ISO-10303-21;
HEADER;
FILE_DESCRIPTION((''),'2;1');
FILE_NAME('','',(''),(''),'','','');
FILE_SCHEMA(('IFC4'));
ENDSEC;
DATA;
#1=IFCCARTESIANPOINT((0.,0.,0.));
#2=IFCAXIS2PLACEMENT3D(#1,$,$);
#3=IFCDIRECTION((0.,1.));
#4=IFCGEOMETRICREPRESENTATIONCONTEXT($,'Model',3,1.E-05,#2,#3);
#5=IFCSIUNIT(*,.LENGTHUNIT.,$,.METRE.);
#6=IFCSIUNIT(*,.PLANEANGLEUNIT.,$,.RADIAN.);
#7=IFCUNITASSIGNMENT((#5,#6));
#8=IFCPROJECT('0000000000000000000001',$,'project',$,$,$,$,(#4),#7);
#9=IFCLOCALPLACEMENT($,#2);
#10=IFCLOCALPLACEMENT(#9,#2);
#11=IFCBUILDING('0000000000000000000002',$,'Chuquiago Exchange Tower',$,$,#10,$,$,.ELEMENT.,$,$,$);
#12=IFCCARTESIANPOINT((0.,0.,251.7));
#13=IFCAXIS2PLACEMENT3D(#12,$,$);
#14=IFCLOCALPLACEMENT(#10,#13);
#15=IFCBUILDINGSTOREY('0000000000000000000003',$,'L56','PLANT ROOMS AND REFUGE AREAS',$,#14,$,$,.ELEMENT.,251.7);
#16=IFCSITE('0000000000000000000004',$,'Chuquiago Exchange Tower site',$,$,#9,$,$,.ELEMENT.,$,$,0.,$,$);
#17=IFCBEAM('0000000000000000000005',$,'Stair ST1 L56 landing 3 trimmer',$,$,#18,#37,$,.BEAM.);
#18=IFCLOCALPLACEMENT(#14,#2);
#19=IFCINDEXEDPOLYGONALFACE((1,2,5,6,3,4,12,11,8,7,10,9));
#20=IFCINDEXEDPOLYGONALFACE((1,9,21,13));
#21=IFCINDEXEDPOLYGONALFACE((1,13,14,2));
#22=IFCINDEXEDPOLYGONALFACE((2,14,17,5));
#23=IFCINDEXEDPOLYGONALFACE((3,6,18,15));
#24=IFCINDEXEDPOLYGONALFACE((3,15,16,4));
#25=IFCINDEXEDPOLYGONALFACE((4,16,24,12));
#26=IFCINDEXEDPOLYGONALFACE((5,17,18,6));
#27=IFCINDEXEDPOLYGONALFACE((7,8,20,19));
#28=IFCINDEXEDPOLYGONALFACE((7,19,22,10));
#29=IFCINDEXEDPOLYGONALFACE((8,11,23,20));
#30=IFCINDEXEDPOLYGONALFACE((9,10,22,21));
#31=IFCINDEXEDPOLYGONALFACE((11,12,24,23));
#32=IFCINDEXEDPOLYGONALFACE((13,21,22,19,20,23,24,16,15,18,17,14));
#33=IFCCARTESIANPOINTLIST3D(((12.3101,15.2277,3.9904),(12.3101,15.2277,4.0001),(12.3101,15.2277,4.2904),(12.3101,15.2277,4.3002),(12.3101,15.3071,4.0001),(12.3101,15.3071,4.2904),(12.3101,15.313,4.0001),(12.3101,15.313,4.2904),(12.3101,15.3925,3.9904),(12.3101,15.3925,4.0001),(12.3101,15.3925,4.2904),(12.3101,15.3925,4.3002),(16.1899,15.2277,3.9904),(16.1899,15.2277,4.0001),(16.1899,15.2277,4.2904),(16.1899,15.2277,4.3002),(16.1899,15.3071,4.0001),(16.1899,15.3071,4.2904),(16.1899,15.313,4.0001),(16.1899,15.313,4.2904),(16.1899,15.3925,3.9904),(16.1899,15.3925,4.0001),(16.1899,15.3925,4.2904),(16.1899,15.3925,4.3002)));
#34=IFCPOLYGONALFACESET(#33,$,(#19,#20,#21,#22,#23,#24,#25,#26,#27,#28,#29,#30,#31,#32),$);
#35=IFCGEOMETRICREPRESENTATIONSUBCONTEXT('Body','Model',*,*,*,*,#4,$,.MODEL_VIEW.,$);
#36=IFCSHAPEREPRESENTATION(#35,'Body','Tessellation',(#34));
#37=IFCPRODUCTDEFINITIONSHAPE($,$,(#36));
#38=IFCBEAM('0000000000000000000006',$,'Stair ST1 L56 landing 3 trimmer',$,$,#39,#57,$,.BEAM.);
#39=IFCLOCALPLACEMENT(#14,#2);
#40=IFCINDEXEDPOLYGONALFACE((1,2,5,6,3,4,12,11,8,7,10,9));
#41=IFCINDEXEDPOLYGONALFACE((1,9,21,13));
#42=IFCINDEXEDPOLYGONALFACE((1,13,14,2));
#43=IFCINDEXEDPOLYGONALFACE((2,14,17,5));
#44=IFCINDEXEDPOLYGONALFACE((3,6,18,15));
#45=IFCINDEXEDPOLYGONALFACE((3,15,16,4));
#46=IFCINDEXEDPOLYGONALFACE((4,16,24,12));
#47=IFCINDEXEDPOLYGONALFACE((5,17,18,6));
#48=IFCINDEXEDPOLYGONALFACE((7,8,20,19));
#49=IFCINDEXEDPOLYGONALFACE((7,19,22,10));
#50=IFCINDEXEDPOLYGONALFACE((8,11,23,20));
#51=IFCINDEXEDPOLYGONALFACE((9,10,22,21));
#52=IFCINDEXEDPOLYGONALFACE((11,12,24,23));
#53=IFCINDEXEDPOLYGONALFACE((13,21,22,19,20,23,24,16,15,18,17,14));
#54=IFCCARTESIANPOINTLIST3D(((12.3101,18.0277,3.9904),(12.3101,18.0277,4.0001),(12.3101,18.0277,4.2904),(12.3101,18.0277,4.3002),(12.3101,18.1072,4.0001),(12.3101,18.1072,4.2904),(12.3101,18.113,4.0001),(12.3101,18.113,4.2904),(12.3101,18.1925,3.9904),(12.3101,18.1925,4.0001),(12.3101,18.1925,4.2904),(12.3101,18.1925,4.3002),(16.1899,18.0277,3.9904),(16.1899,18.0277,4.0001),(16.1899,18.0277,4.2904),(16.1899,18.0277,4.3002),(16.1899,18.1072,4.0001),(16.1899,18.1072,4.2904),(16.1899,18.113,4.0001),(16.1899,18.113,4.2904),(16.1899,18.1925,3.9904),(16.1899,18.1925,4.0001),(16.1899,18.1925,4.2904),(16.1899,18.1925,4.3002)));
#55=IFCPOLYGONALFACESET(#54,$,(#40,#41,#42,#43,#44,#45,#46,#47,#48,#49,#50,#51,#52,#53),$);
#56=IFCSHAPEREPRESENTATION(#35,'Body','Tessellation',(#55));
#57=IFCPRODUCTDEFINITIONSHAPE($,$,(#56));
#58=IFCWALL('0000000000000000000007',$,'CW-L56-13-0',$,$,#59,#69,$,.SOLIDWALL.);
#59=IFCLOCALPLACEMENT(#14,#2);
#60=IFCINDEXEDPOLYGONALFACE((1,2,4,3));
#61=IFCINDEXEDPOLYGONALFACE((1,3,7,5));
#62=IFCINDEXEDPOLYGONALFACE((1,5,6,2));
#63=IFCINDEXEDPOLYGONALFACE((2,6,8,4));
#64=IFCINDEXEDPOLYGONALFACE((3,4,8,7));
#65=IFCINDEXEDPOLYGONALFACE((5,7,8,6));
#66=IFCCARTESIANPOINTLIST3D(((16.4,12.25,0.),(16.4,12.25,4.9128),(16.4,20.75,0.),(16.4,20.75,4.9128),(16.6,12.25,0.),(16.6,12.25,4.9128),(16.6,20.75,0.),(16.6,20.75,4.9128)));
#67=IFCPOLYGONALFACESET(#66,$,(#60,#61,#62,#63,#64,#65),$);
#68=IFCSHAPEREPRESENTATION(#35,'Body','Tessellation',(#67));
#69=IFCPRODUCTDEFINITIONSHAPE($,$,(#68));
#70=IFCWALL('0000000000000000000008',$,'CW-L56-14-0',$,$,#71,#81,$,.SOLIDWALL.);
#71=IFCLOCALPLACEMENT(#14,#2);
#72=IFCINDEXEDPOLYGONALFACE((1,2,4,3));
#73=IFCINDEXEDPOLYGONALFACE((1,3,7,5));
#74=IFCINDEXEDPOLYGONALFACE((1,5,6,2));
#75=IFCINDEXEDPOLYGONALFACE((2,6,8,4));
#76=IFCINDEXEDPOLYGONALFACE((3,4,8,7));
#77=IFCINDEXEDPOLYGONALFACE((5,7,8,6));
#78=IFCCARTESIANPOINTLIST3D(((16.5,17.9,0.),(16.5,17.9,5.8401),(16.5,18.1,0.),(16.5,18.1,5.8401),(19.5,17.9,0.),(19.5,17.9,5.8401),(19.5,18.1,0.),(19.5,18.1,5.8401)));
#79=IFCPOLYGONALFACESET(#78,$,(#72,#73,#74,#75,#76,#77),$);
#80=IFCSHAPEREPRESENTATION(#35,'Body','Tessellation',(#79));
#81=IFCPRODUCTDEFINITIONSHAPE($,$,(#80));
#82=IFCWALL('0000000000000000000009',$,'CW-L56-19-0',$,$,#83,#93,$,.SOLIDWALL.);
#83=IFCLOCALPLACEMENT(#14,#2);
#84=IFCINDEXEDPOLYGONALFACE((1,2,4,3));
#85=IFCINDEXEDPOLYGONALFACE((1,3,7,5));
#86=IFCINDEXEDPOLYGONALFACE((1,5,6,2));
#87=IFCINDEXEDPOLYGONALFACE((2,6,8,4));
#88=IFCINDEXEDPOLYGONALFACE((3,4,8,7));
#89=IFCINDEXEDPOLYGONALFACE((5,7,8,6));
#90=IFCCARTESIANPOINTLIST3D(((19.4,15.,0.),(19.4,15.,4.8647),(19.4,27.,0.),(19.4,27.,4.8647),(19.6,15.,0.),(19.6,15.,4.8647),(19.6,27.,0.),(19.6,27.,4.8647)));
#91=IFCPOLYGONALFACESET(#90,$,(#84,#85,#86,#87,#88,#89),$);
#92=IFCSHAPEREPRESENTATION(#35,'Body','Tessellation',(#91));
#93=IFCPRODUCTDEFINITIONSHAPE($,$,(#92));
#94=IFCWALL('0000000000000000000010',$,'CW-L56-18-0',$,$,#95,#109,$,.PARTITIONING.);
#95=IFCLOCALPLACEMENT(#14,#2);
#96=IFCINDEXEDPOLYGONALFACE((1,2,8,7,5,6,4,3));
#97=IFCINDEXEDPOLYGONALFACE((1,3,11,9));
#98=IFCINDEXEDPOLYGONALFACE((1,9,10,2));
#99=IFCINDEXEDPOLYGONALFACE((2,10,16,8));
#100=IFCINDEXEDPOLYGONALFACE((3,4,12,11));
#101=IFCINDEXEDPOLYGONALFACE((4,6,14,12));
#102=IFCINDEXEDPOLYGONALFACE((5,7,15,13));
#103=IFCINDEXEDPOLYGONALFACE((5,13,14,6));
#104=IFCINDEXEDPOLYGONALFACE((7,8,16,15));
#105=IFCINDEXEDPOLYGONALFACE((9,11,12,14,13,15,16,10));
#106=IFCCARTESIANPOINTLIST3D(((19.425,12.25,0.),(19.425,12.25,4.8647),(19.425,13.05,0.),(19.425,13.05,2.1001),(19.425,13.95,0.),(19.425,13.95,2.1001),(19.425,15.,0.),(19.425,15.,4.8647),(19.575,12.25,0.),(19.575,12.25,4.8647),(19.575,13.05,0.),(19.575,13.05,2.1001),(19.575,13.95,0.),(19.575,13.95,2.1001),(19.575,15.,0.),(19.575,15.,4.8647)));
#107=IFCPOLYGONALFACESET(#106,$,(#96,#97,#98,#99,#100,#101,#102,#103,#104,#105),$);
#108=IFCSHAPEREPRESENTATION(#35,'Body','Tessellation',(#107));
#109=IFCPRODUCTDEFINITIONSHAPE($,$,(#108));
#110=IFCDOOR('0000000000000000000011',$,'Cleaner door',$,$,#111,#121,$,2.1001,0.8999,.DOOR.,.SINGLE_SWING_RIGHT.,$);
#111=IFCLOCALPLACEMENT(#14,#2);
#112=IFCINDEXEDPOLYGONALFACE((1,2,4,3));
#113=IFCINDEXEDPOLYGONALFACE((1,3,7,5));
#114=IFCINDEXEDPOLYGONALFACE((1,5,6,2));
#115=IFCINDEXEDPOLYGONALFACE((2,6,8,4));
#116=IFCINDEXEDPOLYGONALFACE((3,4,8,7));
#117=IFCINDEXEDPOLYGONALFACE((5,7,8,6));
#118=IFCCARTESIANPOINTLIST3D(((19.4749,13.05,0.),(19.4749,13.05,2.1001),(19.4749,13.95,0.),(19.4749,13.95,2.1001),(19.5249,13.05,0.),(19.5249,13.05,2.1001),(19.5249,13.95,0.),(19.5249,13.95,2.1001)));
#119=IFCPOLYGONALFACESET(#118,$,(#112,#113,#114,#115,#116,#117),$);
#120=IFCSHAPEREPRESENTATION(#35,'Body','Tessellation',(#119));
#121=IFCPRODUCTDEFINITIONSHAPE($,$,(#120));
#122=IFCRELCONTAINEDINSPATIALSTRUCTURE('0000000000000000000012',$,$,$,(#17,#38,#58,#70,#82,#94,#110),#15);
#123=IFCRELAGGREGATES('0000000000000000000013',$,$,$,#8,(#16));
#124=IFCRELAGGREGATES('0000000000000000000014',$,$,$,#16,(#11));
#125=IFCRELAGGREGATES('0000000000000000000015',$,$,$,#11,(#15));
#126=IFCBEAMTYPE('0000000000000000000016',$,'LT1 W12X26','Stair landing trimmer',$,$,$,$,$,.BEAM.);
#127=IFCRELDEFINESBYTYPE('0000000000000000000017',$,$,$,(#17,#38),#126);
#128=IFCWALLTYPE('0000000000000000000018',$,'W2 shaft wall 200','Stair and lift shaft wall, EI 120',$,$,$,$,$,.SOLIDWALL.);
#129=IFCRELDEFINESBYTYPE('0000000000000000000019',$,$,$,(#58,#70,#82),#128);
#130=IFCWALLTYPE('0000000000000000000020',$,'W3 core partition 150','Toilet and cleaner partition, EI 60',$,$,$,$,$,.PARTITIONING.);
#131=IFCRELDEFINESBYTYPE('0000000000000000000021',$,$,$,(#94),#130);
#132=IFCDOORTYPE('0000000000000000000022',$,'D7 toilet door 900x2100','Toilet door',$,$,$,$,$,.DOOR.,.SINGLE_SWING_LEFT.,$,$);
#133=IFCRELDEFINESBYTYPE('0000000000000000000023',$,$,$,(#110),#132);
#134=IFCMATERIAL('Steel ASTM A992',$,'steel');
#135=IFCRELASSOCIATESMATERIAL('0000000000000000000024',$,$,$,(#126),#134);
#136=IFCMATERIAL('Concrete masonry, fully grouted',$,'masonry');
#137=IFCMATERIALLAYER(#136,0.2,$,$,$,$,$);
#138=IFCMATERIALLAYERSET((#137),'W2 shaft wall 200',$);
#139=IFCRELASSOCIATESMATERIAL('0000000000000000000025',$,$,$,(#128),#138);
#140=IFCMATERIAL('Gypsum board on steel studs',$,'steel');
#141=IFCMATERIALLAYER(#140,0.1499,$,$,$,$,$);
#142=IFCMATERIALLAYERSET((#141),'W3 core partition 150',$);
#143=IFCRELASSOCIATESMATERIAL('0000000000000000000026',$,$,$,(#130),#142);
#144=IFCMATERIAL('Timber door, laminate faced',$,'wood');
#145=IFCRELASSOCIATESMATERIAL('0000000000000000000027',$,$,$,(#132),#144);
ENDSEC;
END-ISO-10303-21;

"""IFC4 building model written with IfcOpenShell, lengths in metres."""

from ifc_helpers import new_model, si_unit, direction, frame, frame_2d, origin, origin_2d, place, context, subcontext, project, spatial, rectangle, i_section, extrude, material, layer, layer_set, material_profile, profile_set, type_object, element, fill, save


model = new_model("IFC4")

# Units and contexts
model_context = context("Model", 3, precision=1e-05, world=origin(), true_north=direction((0.0, 1.0)))
body_context = subcontext(model_context, "Body", "Model", "MODEL_VIEW")
ifc_project = project(units=[si_unit("LENGTHUNIT", "METRE"), si_unit("PLANEANGLEUNIT", "RADIAN")], contexts=[model_context])

# Site, building, storey
site_placement = place(None, origin())
site = spatial("IfcSite", under=ifc_project, at=site_placement, Name="Chuquiago Exchange Tower site", CompositionType="ELEMENT", RefElevation=0.0)
building_placement = place(site_placement, origin())
building = spatial("IfcBuilding", under=site, at=building_placement, Name="Chuquiago Exchange Tower", CompositionType="ELEMENT")
storey_placement = place(building_placement, frame((0.0, 0.0, 251.7)))
storey = spatial("IfcBuildingStorey", under=building, at=storey_placement, Name="L56", Description="PLANT ROOMS AND REFUGE AREAS", CompositionType="ELEMENT", Elevation=251.7)

# Beams
ifc_material_1 = material(Name="Steel ASTM A992", Category="steel")
ifc_material_profile_1 = material_profile(ifc_material_1, i_section(OverallWidth=0.1648, OverallDepth=0.3098, WebThickness=0.0059, FlangeThickness=0.0098, at=origin_2d()), Name="W12X26")
ifc_profile_set_1 = profile_set([ifc_material_profile_1], Name="Steel ASTM A992")
beam_type_1 = type_object("IfcBeamType", Name="LT1 W12X26", Description="Stair landing trimmer", PredefinedType="BEAM", material=ifc_profile_set_1)
for number, where, z_axis, x_axis, name in (
    (1, (12.3101, 15.3101, 4.1453), (1.0, 0.0, 0.0), (0.0, 1.0, 0.0), "Stair ST1 L56 landing 3 trimmer"),
    (2, (12.3101, 18.1101, 4.1453), (1.0, 0.0, 0.0), (0.0, 1.0, 0.0), "Stair ST1 L56 landing 3 trimmer"),
):
    element("IfcBeam", number, at=place(storey_placement, frame(where, z_axis=z_axis, x_axis=x_axis)), inside=storey, type_object=beam_type_1, Name=name, PredefinedType="BEAM", context=body_context, shape_type="SweptSolid", body=[
        extrude(i_section(OverallWidth=0.1648, OverallDepth=0.3098, WebThickness=0.0059, FlangeThickness=0.0098, at=origin_2d()), origin(), (0.0, 0.0, 1.0), 3.8799),
    ])

# Walls
ifc_material_2 = material(Name="Concrete masonry, fully grouted", Category="masonry")
ifc_layer_1 = layer(ifc_material_2, 0.2)
ifc_layer_set_1 = layer_set([ifc_layer_1], Name="W2 shaft wall 200")
wall_type_1 = type_object("IfcWallType", Name="W2 shaft wall 200", Description="Stair and lift shaft wall, EI 120", PredefinedType="SOLIDWALL", material=ifc_layer_set_1)
wall_1_placement = place(storey_placement, frame((16.5, 12.25, 0.0), z_axis=(0.0, 0.0, 1.0), x_axis=(0.0, 1.0, 0.0)))
element("IfcWall", 3, at=wall_1_placement, inside=storey, type_object=wall_type_1, Name="CW-L56-13-0", PredefinedType="SOLIDWALL", context=body_context, shape_type="SweptSolid", body=[
    extrude(rectangle(XDim=8.5, YDim=0.2, at=frame_2d((4.25, 0.0))), origin(), (0.0, 0.0, 1.0), 4.9128),
])
wall_2_placement = place(storey_placement, frame((16.5, 18.0, 0.0), z_axis=(0.0, 0.0, 1.0), x_axis=(1.0, 0.0, 0.0)))
element("IfcWall", 4, at=wall_2_placement, inside=storey, type_object=wall_type_1, Name="CW-L56-14-0", PredefinedType="SOLIDWALL", context=body_context, shape_type="SweptSolid", body=[
    extrude(rectangle(XDim=3.0, YDim=0.2, at=frame_2d((1.5, 0.0))), origin(), (0.0, 0.0, 1.0), 5.8401),
])
wall_3_placement = place(storey_placement, frame((19.5, 15.0, 0.0), z_axis=(0.0, 0.0, 1.0), x_axis=(0.0, 1.0, 0.0)))
element("IfcWall", 5, at=wall_3_placement, inside=storey, type_object=wall_type_1, Name="CW-L56-19-0", PredefinedType="SOLIDWALL", context=body_context, shape_type="SweptSolid", body=[
    extrude(rectangle(XDim=12.0, YDim=0.2, at=frame_2d((6.0, 0.0))), origin(), (0.0, 0.0, 1.0), 4.8647),
])

# Wall, opening, door
ifc_material_3 = material(Name="Gypsum board on steel studs", Category="steel")
ifc_layer_2 = layer(ifc_material_3, 0.1499)
ifc_layer_set_2 = layer_set([ifc_layer_2], Name="W3 core partition 150")
wall_type_2 = type_object("IfcWallType", Name="W3 core partition 150", Description="Toilet and cleaner partition, EI 60", PredefinedType="PARTITIONING", material=ifc_layer_set_2)
wall_4_placement = place(storey_placement, frame((19.5, 12.25, 0.0), z_axis=(0.0, 0.0, 1.0), x_axis=(0.0, 1.0, 0.0)))
wall_4 = element("IfcWall", 6, at=wall_4_placement, inside=storey, type_object=wall_type_2, Name="CW-L56-18-0", PredefinedType="PARTITIONING", context=body_context, shape_type="SweptSolid", body=[
    extrude(rectangle(XDim=2.75, YDim=0.1499, at=frame_2d((1.375, 0.0))), origin(), (0.0, 0.0, 1.0), 4.8647),
])
opening_placement = place(wall_4_placement, frame((0.8, 0.0, 0.0)))
opening = element("IfcOpeningElement", 7, at=opening_placement, cuts=wall_4, PredefinedType="OPENING", context=body_context, shape_type="SweptSolid", body=[
    extrude(rectangle(XDim=0.8999, YDim=2.1001, at=frame_2d((0.45, 1.05))), frame((0.0, 0.085, 0.0), z_axis=(0.0, -1.0, 0.0), x_axis=(1.0, 0.0, 0.0)), (0.0, 0.0, 1.0), 0.1699),
])
ifc_material_4 = material(Name="Timber door, laminate faced", Category="wood")
door_type = type_object("IfcDoorType", Name="D7 toilet door 900x2100", Description="Toilet door", OperationType="SINGLE_SWING_LEFT", PredefinedType="DOOR", material=ifc_material_4)
door_placement = place(opening_placement, frame((0.8999, 0.0, 0.0), z_axis=(0.0, 0.0, 1.0), x_axis=(-1.0, 0.0, 0.0)))
door = element("IfcDoor", 8, at=door_placement, inside=storey, type_object=door_type, Name="Cleaner door", OperationType="SINGLE_SWING_RIGHT", OverallHeight=2.1001, OverallWidth=0.8999, PredefinedType="DOOR", context=body_context, shape_type="SweptSolid", body=[
    extrude(rectangle(XDim=0.8999, YDim=2.1001, at=frame_2d((0.45, 1.05))), frame((0.0, 0.0249, 0.0), z_axis=(0.0, -1.0, 0.0), x_axis=(1.0, 0.0, 0.0)), (0.0, 0.0, 1.0), 0.05),
])
fill(opening, door)

save(model, "model.ifc")
